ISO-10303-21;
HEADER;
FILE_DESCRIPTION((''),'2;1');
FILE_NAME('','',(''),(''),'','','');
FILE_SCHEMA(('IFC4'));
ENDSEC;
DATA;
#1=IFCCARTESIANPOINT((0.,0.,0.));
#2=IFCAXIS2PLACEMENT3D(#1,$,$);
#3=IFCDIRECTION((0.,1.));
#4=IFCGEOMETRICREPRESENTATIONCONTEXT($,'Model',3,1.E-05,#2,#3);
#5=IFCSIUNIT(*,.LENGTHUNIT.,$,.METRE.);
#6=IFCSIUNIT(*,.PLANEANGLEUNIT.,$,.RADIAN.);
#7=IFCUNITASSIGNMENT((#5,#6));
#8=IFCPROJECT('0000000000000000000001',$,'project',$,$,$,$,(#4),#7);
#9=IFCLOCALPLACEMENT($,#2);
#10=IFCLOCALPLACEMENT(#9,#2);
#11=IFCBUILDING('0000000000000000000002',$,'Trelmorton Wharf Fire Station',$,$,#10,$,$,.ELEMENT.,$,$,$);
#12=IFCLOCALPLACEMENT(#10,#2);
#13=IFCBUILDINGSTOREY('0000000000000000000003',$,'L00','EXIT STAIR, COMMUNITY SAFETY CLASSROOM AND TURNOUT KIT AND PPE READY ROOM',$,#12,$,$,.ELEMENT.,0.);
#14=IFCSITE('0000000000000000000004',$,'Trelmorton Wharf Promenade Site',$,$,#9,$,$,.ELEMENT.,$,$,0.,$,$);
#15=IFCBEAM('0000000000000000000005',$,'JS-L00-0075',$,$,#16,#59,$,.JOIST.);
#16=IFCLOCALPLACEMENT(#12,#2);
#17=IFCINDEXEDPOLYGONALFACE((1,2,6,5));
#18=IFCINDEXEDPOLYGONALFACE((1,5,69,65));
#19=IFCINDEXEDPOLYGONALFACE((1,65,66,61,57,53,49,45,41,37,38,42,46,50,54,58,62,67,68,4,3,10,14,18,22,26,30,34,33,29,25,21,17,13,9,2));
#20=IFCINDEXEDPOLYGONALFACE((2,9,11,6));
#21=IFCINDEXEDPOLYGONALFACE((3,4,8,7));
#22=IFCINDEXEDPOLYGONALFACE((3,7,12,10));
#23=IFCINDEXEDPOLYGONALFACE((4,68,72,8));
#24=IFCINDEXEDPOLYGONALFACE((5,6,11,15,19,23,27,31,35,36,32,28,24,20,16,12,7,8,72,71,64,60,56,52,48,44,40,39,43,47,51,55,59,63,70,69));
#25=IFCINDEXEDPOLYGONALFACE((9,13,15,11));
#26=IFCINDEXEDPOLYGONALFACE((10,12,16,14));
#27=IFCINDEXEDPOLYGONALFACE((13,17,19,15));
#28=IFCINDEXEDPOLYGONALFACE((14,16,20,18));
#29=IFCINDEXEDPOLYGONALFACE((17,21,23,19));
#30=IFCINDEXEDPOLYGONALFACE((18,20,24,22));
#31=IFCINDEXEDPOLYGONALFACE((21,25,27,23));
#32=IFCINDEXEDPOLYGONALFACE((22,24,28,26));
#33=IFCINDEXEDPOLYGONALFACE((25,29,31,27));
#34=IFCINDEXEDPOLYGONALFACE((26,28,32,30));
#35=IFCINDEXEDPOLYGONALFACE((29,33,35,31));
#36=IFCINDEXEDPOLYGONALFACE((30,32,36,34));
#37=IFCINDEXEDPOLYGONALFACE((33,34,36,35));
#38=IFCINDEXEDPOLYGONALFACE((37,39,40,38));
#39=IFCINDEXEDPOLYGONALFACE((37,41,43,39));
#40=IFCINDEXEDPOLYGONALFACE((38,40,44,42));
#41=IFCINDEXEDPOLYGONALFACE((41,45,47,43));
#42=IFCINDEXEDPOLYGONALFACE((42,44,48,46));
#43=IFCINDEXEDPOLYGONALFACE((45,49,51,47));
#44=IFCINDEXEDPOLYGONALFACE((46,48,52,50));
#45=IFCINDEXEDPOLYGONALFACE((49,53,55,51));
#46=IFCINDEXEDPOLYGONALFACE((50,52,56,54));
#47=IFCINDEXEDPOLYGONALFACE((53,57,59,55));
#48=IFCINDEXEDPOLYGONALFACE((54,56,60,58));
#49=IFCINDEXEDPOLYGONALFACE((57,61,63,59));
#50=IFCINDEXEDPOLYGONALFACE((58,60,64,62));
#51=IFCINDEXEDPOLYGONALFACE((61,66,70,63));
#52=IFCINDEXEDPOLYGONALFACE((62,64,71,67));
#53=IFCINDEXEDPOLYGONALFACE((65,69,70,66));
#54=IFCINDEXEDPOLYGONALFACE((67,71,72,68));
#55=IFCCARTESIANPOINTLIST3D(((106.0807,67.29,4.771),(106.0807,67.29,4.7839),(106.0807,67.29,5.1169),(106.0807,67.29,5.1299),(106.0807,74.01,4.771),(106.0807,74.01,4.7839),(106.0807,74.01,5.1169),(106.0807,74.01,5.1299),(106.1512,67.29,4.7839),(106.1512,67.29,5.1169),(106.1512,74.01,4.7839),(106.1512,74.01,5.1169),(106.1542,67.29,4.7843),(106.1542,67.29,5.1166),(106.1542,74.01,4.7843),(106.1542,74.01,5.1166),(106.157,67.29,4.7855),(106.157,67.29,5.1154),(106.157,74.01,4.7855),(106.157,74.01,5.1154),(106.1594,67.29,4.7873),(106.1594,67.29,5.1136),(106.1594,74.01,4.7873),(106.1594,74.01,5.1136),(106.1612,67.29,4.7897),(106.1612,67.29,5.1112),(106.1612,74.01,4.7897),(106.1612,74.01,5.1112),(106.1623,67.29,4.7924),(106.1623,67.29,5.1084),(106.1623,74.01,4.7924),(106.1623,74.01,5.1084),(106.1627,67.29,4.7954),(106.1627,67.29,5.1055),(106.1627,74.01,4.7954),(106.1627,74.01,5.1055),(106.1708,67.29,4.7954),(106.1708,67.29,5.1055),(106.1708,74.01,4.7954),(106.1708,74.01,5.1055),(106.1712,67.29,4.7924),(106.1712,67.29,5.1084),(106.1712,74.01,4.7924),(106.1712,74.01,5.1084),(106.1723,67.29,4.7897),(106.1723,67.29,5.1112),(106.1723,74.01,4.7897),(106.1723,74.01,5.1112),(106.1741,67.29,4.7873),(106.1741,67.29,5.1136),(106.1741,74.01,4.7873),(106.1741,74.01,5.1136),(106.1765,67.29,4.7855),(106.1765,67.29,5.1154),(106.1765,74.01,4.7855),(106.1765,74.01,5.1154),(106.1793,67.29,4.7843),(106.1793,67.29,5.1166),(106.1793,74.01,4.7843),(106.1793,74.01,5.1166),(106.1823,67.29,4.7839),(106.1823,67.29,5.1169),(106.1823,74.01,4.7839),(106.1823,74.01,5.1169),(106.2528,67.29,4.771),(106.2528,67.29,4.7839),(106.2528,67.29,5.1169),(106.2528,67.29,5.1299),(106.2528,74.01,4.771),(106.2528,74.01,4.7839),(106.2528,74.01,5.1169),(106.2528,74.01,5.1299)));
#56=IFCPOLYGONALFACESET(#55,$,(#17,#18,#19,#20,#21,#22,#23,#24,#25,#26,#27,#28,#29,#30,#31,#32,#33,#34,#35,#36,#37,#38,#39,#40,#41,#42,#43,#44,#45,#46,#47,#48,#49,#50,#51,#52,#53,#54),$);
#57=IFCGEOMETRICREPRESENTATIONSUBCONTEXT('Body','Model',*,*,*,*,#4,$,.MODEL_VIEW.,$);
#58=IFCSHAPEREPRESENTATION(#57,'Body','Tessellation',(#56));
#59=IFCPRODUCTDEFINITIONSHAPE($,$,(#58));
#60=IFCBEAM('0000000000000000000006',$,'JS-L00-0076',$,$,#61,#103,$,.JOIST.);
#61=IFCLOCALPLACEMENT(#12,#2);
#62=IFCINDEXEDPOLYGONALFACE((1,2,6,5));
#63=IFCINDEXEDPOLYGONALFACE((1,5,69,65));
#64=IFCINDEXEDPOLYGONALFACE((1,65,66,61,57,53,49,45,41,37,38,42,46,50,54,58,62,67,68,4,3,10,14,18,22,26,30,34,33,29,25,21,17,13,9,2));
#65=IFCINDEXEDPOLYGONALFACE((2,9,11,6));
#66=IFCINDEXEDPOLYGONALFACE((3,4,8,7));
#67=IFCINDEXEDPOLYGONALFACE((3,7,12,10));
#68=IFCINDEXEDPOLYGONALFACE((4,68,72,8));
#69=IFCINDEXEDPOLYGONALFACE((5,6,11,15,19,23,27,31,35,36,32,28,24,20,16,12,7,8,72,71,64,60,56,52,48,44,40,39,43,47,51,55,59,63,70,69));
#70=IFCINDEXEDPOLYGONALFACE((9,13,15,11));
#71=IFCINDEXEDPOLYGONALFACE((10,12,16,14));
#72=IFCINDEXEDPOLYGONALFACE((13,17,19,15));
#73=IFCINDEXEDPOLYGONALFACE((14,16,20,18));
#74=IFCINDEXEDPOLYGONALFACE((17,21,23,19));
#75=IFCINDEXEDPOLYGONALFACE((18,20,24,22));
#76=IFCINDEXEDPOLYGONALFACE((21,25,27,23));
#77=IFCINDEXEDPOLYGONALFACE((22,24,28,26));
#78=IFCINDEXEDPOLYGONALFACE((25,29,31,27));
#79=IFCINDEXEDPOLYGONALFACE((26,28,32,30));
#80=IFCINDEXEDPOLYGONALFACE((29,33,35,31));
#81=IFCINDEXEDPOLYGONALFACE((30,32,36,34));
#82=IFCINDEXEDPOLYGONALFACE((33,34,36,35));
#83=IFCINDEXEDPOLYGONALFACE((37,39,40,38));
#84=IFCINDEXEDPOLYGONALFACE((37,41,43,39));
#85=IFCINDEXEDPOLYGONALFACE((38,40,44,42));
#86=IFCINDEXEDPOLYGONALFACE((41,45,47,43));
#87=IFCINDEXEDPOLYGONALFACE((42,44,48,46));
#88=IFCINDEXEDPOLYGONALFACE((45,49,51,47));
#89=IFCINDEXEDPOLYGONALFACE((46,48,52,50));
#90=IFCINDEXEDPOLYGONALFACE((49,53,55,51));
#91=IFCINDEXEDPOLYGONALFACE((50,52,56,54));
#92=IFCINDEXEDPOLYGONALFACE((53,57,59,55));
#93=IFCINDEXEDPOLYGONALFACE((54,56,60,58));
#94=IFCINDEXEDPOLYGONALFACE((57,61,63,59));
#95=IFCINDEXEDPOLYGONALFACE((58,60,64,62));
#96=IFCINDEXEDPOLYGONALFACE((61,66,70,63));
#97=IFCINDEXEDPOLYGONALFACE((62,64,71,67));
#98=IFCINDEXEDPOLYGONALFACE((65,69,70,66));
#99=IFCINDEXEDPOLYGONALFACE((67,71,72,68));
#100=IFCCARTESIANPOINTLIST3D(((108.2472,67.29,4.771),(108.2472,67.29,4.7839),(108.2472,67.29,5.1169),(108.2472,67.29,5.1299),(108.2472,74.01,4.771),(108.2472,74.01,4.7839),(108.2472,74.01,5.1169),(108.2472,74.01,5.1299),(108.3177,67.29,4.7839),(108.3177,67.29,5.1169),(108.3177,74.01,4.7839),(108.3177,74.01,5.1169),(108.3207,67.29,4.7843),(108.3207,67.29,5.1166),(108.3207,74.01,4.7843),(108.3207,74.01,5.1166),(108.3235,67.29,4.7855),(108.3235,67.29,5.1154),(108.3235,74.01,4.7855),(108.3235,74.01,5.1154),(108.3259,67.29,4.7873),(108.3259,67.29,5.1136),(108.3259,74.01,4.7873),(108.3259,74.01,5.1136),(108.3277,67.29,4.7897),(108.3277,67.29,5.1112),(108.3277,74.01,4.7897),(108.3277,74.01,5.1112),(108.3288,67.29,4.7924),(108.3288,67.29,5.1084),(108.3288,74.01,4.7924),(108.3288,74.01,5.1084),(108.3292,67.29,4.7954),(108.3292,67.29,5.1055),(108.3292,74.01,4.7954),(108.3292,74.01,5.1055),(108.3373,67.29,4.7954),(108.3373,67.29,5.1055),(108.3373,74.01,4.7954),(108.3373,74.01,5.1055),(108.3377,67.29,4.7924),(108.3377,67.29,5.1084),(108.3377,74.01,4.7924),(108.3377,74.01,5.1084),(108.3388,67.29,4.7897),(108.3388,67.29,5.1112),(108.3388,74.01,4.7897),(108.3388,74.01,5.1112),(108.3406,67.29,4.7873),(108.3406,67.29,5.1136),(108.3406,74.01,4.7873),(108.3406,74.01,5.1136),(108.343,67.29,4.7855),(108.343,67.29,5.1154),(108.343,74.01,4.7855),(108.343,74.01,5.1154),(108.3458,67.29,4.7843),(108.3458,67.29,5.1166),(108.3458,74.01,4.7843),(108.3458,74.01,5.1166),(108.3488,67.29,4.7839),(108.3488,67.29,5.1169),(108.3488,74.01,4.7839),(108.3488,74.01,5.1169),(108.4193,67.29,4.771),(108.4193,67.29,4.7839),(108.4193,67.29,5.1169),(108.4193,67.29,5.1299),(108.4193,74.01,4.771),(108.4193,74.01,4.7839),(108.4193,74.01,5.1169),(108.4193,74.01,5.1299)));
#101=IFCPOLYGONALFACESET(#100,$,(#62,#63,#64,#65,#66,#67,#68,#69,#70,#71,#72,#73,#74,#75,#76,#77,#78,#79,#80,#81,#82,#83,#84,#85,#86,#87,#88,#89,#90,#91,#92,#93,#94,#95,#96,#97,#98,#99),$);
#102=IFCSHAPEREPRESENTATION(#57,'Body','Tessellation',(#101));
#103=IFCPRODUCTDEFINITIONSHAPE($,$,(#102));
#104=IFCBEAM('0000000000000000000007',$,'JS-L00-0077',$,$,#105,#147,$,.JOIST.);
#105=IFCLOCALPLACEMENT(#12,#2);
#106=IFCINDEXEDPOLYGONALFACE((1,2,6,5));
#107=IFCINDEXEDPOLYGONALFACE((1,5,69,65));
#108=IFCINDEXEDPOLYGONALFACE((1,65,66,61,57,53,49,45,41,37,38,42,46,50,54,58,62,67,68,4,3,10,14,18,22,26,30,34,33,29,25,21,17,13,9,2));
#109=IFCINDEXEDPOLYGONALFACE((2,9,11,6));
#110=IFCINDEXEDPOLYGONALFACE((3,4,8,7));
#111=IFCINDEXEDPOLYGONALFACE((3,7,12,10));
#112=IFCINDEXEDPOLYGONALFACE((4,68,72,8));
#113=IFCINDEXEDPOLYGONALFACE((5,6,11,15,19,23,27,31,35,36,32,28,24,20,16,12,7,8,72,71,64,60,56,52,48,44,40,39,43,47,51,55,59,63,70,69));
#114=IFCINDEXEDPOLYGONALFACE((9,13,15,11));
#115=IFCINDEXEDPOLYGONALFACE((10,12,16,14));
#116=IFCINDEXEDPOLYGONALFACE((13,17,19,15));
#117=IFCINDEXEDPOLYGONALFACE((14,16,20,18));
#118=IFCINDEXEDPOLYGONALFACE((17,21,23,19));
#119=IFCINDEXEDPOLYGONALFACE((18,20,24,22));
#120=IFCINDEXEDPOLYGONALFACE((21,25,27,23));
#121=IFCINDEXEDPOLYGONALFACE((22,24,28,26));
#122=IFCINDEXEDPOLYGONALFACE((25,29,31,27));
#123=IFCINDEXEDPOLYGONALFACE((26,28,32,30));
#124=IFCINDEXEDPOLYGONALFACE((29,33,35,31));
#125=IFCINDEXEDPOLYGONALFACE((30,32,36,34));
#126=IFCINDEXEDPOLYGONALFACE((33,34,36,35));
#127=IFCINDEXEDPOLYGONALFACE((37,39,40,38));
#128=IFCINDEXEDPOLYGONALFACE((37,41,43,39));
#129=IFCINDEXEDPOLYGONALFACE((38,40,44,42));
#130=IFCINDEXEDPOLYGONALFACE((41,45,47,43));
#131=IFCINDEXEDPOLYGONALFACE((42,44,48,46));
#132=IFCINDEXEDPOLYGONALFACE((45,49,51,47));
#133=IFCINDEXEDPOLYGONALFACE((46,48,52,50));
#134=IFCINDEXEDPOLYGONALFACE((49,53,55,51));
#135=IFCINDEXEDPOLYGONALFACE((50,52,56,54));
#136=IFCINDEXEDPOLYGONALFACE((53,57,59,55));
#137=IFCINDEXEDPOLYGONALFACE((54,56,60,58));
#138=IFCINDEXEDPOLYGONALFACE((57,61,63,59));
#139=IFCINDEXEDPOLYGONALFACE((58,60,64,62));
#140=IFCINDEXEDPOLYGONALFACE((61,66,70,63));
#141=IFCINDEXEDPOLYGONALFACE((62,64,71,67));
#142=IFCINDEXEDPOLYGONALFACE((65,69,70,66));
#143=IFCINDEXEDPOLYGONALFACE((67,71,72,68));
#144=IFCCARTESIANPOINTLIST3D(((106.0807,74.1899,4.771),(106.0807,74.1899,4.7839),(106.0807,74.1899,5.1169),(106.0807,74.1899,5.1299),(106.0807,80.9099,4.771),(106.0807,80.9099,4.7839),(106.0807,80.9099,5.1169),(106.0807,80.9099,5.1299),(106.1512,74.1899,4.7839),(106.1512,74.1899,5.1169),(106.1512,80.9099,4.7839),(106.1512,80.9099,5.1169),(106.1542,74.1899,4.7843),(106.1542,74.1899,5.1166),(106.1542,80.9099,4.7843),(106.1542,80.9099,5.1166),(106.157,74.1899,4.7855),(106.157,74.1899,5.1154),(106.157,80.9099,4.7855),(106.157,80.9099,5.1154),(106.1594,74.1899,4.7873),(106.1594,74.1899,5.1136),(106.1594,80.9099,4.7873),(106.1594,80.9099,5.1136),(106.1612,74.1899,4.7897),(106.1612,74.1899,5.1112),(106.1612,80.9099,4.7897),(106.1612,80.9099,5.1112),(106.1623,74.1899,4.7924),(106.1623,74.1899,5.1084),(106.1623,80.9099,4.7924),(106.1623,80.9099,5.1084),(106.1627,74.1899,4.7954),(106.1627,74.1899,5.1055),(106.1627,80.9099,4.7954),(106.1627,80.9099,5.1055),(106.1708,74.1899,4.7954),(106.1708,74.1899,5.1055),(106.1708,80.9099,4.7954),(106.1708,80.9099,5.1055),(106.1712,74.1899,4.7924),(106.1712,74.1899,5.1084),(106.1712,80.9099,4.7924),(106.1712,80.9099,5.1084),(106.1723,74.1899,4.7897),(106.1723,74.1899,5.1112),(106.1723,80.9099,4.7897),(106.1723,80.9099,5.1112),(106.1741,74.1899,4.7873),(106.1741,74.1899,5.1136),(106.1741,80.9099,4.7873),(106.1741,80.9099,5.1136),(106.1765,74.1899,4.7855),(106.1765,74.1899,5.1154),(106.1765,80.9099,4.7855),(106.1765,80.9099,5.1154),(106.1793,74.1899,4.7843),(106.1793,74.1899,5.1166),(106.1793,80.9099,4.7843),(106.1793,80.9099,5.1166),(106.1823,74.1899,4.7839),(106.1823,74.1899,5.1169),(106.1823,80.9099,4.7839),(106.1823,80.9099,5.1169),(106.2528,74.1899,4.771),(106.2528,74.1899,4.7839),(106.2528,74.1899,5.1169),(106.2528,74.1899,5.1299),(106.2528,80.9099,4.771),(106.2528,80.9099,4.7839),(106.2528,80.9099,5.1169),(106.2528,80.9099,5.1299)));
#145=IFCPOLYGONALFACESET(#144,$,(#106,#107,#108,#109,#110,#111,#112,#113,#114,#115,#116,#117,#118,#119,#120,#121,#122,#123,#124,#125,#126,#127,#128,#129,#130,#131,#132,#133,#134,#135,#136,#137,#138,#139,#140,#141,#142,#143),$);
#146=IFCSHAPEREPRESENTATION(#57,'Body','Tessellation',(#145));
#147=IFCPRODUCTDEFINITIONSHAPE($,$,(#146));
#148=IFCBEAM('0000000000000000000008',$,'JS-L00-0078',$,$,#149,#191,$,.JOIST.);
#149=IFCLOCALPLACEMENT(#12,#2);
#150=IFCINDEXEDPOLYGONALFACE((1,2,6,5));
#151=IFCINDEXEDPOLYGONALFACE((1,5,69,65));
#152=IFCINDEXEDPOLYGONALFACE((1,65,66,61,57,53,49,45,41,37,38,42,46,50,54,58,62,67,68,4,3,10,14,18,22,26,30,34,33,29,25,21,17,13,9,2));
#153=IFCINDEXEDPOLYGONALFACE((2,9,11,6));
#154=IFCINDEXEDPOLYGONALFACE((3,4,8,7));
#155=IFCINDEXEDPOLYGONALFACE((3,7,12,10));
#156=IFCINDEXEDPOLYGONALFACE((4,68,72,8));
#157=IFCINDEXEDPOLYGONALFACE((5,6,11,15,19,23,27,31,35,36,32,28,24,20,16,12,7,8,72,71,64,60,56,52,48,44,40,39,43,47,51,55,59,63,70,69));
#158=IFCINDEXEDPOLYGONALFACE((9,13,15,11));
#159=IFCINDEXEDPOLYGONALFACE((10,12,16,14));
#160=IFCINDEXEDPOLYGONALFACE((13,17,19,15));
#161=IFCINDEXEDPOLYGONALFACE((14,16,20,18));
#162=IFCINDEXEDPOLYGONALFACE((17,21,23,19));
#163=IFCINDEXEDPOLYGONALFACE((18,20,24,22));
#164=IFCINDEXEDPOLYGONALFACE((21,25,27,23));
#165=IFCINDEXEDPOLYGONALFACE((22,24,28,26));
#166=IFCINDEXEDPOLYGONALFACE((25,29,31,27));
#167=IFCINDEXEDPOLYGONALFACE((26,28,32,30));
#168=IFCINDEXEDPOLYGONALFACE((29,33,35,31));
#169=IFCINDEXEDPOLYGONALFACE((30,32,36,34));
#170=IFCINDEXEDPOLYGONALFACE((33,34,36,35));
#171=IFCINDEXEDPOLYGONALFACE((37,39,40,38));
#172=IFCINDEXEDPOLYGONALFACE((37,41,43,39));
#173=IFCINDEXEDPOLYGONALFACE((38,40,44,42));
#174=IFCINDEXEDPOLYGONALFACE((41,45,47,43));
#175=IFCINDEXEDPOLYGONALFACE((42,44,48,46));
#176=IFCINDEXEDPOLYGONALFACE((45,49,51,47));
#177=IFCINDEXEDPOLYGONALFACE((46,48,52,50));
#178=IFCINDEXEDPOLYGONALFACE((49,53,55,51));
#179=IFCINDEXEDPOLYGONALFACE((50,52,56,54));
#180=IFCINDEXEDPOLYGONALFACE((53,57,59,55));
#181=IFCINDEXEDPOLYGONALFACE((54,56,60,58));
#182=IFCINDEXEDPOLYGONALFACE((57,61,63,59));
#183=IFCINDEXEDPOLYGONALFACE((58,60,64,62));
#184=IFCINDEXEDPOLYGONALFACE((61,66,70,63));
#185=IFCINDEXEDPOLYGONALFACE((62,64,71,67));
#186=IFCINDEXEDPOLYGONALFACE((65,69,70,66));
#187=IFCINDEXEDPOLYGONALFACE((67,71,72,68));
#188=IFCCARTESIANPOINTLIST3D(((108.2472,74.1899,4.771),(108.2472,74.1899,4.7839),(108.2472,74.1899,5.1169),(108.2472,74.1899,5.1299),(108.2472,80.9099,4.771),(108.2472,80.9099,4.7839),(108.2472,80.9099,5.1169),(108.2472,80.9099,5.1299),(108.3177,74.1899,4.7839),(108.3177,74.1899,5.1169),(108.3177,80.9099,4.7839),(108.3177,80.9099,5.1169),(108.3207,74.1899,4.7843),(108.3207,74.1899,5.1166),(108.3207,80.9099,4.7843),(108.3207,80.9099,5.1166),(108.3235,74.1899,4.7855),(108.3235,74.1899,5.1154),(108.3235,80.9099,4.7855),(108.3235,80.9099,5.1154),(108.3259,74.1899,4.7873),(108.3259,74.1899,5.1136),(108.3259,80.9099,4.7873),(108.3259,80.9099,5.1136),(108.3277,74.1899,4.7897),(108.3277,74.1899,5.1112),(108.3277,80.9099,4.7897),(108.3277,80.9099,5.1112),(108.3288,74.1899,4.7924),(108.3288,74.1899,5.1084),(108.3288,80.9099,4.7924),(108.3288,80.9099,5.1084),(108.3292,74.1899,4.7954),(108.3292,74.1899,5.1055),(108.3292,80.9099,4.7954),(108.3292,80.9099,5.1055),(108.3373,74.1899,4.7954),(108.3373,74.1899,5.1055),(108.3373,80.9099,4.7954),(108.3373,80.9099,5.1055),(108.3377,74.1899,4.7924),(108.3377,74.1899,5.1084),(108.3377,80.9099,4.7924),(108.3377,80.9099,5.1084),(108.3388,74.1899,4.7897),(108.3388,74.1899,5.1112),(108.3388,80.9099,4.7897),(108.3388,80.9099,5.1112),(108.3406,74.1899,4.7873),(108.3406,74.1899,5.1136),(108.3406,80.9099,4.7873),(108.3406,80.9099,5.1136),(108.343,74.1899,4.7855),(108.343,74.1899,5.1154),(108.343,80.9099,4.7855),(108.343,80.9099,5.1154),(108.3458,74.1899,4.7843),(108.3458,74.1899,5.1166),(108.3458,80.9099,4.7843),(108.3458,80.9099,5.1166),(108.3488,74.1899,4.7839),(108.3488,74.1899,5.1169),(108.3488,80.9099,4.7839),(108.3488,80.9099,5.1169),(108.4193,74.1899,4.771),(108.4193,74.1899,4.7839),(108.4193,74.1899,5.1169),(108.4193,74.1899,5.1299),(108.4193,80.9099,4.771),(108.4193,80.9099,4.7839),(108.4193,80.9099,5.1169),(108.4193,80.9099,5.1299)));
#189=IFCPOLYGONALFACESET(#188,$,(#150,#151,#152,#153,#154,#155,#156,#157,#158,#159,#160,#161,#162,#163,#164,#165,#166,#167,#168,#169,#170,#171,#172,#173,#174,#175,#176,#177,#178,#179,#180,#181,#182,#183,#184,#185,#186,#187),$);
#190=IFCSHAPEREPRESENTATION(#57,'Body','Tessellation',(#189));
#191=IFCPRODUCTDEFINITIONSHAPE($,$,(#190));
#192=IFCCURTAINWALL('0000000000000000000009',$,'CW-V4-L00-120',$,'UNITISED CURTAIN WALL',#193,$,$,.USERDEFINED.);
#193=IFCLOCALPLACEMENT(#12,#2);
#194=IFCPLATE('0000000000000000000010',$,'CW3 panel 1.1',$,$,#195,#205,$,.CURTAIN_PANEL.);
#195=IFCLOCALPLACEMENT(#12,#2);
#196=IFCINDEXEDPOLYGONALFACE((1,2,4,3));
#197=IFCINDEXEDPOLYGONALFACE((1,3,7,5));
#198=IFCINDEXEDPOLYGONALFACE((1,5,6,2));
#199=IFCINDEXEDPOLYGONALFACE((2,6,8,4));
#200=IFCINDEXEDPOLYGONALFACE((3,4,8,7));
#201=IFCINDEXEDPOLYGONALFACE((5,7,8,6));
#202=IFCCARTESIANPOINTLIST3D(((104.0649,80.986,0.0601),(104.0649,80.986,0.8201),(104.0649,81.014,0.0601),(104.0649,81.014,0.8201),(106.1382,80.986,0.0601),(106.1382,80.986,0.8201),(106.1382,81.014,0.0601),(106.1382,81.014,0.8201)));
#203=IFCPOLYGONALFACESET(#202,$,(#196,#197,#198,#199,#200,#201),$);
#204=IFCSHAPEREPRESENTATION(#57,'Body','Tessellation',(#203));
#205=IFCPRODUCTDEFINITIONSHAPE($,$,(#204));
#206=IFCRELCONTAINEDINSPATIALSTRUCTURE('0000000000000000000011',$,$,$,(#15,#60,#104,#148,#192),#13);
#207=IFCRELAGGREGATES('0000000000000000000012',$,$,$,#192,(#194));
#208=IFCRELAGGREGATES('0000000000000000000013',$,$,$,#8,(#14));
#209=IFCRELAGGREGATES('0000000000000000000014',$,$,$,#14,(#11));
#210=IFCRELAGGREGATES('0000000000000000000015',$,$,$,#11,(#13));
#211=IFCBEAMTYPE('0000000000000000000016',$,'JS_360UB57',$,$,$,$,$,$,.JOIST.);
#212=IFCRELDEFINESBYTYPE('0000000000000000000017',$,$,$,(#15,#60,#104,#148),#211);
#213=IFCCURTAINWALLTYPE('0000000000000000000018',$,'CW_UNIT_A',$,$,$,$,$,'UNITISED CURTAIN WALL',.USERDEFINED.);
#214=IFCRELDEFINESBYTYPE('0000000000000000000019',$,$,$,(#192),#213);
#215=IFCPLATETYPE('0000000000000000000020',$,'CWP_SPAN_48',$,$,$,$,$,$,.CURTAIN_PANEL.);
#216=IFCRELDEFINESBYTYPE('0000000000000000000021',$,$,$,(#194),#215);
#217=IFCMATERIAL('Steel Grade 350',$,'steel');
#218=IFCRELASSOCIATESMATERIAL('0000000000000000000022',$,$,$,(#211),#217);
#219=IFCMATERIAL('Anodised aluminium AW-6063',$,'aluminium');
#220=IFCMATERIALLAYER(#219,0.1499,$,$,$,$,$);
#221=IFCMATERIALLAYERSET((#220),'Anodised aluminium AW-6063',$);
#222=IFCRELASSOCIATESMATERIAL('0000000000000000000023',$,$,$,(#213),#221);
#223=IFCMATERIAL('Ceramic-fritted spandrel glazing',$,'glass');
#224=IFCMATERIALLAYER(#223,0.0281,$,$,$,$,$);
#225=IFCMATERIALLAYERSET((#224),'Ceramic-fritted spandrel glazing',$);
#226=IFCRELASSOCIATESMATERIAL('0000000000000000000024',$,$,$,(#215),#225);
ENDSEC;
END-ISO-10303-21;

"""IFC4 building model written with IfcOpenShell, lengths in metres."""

from ifc_helpers import new_model, si_unit, direction, frame, origin, origin_2d, place, context, subcontext, project, spatial, rectangle, i_section, extrude, material, layer, layer_set, material_profile, profile_set, type_object, element, aggregate, save


model = new_model("IFC4")

# Units and contexts
model_context = context("Model", 3, precision=1e-05, world=origin(), true_north=direction((0.0, 1.0)))
body_context = subcontext(model_context, "Body", "Model", "MODEL_VIEW")
ifc_project = project(units=[si_unit("LENGTHUNIT", "METRE"), si_unit("PLANEANGLEUNIT", "RADIAN")], contexts=[model_context])

# Site, building, storey
site_placement = place(None, origin())
site = spatial("IfcSite", under=ifc_project, at=site_placement, Name="Trelmorton Wharf Promenade Site", CompositionType="ELEMENT", RefElevation=0.0)
building_placement = place(site_placement, origin())
building = spatial("IfcBuilding", under=site, at=building_placement, Name="Trelmorton Wharf Fire Station", CompositionType="ELEMENT")
storey_placement = place(building_placement, origin())
storey = spatial("IfcBuildingStorey", under=building, at=storey_placement, Name="L00", Description="EXIT STAIR, COMMUNITY SAFETY CLASSROOM AND TURNOUT KIT AND PPE READY ROOM", CompositionType="ELEMENT", Elevation=0.0)

# Shared definitions
ifc_material_1 = material(Name="Steel Grade 350", Category="steel")

# Beams
ifc_material_profile_1 = material_profile(ifc_material_1, i_section(OverallWidth=0.1721, OverallDepth=0.3589, WebThickness=0.0081, FlangeThickness=0.0129, FilletRadius=0.0115, at=origin_2d()), Name="360UB56.7")
ifc_profile_set_1 = profile_set([ifc_material_profile_1], Name="Steel Grade 350")
beam_type_1 = type_object("IfcBeamType", Name="JS_360UB57", PredefinedType="JOIST", material=ifc_profile_set_1)
for number, where, z_axis, x_axis, name in (
    (1, (106.1667, 67.29, 4.9504), (0.0, 1.0, 0.0), (-1.0, 0.0, 0.0), "JS-L00-0075"),
    (2, (108.3333, 67.29, 4.9504), (0.0, 1.0, 0.0), (-1.0, 0.0, 0.0), "JS-L00-0076"),
    (3, (106.1667, 74.1899, 4.9504), (0.0, 1.0, 0.0), (-1.0, 0.0, 0.0), "JS-L00-0077"),
    (4, (108.3333, 74.1899, 4.9504), (0.0, 1.0, 0.0), (-1.0, 0.0, 0.0), "JS-L00-0078"),
):
    element("IfcBeam", number, at=place(storey_placement, frame(where, z_axis=z_axis, x_axis=x_axis)), inside=storey, type_object=beam_type_1, Name=name, PredefinedType="JOIST", context=body_context, shape_type="SweptSolid", body=[
        extrude(i_section(OverallWidth=0.1721, OverallDepth=0.3589, WebThickness=0.0081, FlangeThickness=0.0129, FilletRadius=0.0115, at=origin_2d()), origin(), (0.0, 0.0, 1.0), 6.72),
    ])

# Curtain wall, plate
ifc_material_2 = material(Name="Anodised aluminium AW-6063", Category="aluminium")
ifc_layer_1 = layer(ifc_material_2, 0.1499)
ifc_layer_set_1 = layer_set([ifc_layer_1], Name="Anodised aluminium AW-6063")
curtain_wall_type = type_object("IfcCurtainWallType", Name="CW_UNIT_A", ElementType="UNITISED CURTAIN WALL", PredefinedType="USERDEFINED", material=ifc_layer_set_1)
curtain_wall_placement = place(storey_placement, origin())
curtain_wall = element("IfcCurtainWall", 5, at=curtain_wall_placement, inside=storey, type_object=curtain_wall_type, Name="CW-V4-L00-120", ObjectType="UNITISED CURTAIN WALL", PredefinedType="USERDEFINED")
ifc_material_3 = material(Name="Ceramic-fritted spandrel glazing", Category="glass")
ifc_layer_2 = layer(ifc_material_3, 0.0281)
ifc_layer_set_2 = layer_set([ifc_layer_2], Name="Ceramic-fritted spandrel glazing")
plate_type = type_object("IfcPlateType", Name="CWP_SPAN_48", PredefinedType="CURTAIN_PANEL", material=ifc_layer_set_2)
plate_1_placement = place(storey_placement, frame((105.1016, 81.0, 0.0601), z_axis=(0.0, 0.0, 1.0), x_axis=(1.0, 0.0, 0.0)))
plate_1 = element("IfcPlate", 6, at=plate_1_placement, type_object=plate_type, Name="CW3 panel 1.1", PredefinedType="CURTAIN_PANEL", context=body_context, shape_type="SweptSolid", body=[
    extrude(rectangle(XDim=2.0732, YDim=0.0281, at=origin_2d()), origin(), (0.0, 0.0, 1.0), 0.76),
])
aggregate(curtain_wall, [plate_1])

save(model, "model.ifc")
